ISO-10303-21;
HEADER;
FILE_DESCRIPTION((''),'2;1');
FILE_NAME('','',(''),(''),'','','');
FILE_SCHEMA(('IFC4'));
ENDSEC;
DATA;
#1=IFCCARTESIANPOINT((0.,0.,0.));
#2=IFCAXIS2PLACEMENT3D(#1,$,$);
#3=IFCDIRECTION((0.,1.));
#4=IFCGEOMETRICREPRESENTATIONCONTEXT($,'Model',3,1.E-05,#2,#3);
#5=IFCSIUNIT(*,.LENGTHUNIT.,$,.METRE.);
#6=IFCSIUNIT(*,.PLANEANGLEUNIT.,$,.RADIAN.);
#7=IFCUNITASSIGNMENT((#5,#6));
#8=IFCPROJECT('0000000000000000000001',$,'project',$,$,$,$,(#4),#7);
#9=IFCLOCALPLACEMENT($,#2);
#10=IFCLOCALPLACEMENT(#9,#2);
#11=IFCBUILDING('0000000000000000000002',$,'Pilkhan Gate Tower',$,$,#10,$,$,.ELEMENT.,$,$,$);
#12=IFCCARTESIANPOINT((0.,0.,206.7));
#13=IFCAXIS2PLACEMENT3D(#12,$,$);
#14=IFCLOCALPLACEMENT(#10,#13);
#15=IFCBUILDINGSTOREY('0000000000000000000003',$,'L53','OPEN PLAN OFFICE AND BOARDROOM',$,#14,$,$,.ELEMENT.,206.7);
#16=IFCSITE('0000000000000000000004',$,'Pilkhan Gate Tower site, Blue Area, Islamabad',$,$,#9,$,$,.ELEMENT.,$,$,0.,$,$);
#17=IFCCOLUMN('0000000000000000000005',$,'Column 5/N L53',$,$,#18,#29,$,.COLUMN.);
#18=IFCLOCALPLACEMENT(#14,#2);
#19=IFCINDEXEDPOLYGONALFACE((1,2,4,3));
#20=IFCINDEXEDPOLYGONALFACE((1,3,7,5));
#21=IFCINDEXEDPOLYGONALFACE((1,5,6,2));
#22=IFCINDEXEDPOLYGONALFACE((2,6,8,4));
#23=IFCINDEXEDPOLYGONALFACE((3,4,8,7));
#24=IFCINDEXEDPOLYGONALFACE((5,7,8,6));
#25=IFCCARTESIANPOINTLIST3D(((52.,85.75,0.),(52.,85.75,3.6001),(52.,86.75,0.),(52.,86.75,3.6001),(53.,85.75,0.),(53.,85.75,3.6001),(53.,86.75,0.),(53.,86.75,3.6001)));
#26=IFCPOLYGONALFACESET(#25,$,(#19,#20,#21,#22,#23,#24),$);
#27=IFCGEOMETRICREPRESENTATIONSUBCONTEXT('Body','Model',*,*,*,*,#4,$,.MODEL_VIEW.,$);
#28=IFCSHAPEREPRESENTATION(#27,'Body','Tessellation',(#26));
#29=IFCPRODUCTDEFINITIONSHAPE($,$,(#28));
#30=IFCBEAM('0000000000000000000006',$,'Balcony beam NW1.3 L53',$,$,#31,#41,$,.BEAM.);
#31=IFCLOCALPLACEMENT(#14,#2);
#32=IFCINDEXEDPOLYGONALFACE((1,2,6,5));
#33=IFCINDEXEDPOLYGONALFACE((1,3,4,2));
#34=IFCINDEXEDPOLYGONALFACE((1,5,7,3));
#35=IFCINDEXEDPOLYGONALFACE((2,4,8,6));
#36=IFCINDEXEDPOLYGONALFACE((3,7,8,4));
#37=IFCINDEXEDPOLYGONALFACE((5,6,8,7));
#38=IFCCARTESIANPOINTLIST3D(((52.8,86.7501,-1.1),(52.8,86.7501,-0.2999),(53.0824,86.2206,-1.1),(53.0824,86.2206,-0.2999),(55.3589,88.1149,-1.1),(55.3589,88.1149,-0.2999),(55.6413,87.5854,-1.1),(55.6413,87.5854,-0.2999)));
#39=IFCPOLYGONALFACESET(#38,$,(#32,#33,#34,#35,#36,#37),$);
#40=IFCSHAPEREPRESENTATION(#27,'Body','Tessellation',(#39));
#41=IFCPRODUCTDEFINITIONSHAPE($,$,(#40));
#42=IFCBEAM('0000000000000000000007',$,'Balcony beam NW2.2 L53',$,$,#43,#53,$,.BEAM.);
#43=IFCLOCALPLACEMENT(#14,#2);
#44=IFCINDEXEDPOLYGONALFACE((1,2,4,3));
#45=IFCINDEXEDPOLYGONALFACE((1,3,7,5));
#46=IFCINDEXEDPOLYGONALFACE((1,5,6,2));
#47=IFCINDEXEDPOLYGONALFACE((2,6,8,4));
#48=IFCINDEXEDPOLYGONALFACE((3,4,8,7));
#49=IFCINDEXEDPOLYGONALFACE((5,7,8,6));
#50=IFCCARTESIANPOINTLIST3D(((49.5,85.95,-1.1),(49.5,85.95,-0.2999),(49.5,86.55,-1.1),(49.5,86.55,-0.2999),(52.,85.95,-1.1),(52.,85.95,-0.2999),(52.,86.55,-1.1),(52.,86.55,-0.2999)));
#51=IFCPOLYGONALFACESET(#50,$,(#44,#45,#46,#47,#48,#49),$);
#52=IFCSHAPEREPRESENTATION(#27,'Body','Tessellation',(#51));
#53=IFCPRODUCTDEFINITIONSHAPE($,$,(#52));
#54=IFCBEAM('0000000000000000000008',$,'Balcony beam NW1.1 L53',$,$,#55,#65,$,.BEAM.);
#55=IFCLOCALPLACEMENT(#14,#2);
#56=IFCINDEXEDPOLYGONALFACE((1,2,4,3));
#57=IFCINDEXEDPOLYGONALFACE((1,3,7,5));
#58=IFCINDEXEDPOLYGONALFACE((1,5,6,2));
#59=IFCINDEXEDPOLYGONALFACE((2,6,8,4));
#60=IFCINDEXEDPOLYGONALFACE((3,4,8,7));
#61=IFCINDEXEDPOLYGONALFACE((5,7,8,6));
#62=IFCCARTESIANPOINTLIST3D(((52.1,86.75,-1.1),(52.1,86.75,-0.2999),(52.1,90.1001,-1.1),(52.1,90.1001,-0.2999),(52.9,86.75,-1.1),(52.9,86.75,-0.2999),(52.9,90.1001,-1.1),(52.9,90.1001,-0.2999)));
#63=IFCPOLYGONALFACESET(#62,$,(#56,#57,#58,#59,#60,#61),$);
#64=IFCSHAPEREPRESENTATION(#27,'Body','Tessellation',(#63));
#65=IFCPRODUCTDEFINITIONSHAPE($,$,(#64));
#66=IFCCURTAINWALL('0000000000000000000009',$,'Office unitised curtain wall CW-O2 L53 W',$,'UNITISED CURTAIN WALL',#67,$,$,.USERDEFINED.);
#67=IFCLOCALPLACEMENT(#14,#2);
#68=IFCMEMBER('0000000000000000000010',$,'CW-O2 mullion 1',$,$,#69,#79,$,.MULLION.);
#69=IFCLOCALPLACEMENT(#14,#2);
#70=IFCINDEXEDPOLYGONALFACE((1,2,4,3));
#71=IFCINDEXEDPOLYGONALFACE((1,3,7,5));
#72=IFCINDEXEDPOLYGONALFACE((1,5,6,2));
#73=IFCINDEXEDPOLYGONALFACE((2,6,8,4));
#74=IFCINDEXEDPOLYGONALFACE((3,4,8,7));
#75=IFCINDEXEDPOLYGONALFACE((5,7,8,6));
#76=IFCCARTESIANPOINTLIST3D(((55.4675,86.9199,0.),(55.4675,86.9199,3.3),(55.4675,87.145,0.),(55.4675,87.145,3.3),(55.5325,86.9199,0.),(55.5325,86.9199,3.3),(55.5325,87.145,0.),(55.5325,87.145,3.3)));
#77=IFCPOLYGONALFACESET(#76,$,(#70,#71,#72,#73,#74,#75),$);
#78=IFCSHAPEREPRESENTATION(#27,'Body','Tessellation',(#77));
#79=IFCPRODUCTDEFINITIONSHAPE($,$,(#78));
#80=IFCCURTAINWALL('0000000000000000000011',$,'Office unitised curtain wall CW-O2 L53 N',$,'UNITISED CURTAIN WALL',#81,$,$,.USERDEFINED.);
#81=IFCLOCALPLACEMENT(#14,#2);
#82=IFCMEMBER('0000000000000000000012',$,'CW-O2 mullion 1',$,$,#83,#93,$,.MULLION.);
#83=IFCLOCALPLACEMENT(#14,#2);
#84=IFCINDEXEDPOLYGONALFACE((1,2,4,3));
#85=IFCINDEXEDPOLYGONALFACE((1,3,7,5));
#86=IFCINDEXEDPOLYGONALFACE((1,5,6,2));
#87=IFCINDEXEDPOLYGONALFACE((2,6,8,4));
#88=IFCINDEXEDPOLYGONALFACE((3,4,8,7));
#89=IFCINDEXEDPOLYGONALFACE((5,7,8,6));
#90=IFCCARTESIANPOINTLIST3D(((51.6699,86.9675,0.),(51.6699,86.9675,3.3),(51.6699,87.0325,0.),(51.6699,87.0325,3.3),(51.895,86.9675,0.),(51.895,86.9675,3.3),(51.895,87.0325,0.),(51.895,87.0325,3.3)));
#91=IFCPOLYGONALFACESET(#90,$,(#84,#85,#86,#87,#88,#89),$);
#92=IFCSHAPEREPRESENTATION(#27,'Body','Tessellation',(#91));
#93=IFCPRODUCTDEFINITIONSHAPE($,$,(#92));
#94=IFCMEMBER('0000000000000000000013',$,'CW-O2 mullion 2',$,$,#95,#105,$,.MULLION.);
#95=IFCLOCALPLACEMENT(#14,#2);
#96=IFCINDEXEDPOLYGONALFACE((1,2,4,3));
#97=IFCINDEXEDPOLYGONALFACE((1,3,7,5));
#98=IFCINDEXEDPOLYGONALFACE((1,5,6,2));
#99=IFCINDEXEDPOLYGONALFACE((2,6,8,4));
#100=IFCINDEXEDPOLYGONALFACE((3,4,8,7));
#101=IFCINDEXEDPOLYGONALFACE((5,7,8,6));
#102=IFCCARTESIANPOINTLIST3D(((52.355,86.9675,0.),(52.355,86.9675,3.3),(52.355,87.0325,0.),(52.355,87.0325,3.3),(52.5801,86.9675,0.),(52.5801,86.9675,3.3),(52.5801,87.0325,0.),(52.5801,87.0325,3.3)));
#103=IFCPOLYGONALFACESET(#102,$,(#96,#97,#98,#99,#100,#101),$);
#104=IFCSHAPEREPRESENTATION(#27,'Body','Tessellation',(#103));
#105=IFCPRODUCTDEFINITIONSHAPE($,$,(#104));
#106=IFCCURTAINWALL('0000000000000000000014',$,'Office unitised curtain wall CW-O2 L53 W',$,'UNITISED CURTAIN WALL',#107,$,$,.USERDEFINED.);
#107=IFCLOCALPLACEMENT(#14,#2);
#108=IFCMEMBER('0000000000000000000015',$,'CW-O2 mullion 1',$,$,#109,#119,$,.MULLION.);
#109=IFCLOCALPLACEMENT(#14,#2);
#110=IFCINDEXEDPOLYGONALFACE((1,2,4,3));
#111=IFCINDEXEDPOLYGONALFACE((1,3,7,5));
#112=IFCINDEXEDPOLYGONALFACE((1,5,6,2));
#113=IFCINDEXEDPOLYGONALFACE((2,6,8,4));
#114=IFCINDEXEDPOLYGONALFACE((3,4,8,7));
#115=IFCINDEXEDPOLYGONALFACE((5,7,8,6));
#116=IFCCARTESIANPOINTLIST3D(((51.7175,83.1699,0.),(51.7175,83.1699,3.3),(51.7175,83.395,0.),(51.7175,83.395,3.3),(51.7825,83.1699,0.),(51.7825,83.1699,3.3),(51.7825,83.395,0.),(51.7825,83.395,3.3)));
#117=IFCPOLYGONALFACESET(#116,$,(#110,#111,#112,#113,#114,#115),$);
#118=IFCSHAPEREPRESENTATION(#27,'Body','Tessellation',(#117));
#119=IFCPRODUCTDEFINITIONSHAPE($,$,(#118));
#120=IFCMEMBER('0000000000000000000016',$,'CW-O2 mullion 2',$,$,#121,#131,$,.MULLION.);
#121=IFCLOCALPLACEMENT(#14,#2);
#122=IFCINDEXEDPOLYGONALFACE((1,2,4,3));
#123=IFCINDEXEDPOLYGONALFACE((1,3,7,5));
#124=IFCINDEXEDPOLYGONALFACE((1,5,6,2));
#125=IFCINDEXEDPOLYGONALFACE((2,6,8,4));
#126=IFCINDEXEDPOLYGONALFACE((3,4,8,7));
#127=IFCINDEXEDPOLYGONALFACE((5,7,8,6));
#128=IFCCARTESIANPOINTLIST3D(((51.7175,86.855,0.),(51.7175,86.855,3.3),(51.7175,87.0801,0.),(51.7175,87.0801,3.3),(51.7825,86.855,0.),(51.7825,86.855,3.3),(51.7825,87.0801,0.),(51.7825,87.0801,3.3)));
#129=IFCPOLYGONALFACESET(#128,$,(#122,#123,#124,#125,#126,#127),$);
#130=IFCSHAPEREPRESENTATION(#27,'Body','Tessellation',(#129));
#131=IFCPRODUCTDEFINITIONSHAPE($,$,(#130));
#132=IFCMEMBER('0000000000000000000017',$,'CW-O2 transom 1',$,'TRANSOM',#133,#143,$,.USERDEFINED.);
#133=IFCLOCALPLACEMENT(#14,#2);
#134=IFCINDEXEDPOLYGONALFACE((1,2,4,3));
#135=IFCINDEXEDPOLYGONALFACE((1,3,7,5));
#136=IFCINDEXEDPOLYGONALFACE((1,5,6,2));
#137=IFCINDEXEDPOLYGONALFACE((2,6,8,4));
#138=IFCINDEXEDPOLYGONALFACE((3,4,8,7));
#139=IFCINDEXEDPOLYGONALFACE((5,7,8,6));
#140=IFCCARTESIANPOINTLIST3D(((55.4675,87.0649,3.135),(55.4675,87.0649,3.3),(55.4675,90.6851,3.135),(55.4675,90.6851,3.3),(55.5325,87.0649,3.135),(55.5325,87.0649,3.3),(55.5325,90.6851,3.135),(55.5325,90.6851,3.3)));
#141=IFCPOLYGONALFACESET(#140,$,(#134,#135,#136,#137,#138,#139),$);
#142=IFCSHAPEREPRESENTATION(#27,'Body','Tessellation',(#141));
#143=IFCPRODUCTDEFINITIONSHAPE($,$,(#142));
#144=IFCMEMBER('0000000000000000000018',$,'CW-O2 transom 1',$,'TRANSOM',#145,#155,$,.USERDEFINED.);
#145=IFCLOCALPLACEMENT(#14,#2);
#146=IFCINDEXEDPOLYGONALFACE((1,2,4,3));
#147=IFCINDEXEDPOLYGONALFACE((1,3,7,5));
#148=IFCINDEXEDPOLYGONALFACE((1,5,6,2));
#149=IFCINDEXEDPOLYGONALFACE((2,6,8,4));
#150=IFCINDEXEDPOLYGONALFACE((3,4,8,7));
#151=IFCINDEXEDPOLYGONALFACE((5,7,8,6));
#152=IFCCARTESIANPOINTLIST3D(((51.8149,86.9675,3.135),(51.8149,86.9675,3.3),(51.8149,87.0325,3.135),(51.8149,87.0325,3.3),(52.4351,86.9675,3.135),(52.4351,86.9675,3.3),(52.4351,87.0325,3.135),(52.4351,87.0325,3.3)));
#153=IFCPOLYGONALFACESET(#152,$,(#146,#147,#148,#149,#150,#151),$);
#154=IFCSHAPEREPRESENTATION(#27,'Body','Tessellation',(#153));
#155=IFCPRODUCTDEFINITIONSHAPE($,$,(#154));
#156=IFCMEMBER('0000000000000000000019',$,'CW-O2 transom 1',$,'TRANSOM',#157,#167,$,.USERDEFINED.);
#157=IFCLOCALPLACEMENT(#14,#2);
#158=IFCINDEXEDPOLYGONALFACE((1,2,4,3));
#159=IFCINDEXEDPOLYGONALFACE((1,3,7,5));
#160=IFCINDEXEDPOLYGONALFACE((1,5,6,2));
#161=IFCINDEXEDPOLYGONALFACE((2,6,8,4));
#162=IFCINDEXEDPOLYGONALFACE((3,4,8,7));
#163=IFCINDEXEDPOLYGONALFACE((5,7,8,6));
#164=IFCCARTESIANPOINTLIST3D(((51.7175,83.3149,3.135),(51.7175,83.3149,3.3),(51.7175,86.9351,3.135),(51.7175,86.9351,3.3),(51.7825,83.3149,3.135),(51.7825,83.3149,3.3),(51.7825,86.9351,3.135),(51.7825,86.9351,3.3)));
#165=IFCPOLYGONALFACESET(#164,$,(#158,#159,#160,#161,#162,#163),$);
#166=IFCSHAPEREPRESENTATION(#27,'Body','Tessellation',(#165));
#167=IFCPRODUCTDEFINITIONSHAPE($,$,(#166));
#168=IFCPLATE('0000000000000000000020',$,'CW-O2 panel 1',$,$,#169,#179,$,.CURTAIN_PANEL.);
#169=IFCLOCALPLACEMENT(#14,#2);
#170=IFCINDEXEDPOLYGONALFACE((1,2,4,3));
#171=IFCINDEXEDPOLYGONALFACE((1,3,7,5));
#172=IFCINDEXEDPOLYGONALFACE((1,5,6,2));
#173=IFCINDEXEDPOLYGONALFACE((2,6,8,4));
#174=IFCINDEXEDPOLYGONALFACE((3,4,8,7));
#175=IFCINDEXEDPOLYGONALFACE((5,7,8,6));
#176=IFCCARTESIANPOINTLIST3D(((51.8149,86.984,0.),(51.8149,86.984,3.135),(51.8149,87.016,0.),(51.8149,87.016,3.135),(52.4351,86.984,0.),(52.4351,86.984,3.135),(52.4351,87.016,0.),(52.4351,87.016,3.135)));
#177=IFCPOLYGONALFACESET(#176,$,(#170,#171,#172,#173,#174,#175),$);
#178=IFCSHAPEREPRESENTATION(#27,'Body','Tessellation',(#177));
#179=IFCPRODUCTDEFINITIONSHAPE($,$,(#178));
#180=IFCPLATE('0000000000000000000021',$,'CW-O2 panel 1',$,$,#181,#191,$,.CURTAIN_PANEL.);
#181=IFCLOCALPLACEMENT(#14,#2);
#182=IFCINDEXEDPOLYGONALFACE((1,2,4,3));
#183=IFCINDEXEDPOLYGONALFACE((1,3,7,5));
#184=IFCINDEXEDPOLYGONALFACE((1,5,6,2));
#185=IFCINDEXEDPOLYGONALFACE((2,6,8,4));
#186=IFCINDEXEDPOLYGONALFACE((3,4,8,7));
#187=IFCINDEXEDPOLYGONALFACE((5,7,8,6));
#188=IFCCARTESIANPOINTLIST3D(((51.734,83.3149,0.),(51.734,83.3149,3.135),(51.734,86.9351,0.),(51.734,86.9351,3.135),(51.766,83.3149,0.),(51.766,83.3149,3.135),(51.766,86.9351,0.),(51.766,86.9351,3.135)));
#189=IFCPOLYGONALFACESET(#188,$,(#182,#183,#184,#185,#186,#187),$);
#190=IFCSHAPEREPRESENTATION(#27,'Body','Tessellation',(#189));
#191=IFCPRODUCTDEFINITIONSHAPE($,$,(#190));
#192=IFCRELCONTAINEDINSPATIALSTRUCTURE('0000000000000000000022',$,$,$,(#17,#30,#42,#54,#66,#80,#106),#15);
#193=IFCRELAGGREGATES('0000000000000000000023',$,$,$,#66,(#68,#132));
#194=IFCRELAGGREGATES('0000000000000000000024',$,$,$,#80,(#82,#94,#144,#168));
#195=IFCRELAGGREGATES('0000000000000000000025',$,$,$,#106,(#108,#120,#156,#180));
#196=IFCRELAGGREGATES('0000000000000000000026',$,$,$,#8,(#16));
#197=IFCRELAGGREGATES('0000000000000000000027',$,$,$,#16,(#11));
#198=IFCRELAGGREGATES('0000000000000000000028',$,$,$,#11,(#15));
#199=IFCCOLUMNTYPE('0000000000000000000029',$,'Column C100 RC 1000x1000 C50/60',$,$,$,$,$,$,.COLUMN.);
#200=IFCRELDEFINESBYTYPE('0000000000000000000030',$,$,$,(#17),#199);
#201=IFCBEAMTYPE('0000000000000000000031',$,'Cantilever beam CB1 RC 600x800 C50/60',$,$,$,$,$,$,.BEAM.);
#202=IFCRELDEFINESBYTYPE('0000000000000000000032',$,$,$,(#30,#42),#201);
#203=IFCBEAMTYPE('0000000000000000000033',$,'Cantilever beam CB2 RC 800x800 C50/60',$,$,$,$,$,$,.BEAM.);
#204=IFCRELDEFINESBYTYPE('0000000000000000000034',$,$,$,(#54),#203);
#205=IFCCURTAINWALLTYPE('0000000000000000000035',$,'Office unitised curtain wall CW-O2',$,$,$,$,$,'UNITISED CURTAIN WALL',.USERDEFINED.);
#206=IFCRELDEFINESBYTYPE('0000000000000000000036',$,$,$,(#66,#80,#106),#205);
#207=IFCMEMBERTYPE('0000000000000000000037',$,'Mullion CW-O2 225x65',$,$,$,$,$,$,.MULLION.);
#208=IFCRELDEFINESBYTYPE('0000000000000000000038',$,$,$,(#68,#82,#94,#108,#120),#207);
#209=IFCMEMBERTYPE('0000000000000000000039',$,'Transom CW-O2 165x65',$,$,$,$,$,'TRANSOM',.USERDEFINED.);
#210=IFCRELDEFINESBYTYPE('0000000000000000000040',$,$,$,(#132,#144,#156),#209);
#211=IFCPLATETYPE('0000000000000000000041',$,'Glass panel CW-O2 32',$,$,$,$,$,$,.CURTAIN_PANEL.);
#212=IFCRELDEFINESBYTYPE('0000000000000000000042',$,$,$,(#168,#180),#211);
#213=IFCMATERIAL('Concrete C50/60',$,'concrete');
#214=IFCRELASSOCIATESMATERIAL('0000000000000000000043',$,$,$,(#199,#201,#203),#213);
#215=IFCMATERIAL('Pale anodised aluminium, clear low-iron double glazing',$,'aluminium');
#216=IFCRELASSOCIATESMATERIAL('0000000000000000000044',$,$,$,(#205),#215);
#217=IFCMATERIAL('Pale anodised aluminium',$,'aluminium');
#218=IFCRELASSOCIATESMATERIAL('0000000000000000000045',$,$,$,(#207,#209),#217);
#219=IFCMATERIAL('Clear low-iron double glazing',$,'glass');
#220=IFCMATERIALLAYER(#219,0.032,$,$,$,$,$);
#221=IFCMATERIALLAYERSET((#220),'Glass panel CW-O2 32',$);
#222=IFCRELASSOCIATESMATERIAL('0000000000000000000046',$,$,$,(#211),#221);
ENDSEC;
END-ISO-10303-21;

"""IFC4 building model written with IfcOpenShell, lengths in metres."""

from ifc_helpers import new_model, si_unit, direction, frame, origin, origin_2d, place, context, subcontext, project, spatial, rectangle, extrude, material, layer, layer_set, material_profile, profile_set, type_object, element, aggregate, save


model = new_model("IFC4")

# Units and contexts
model_context = context("Model", 3, precision=1e-05, world=origin(), true_north=direction((0.0, 1.0)))
body_context = subcontext(model_context, "Body", "Model", "MODEL_VIEW")
ifc_project = project(units=[si_unit("LENGTHUNIT", "METRE"), si_unit("PLANEANGLEUNIT", "RADIAN")], contexts=[model_context])

# Site, building, storey
site_placement = place(None, origin())
site = spatial("IfcSite", under=ifc_project, at=site_placement, Name="Pilkhan Gate Tower site, Blue Area, Islamabad", CompositionType="ELEMENT", RefElevation=0.0)
building_placement = place(site_placement, origin())
building = spatial("IfcBuilding", under=site, at=building_placement, Name="Pilkhan Gate Tower", CompositionType="ELEMENT")
storey_placement = place(building_placement, frame((0.0, 0.0, 206.7)))
storey = spatial("IfcBuildingStorey", under=building, at=storey_placement, Name="L53", Description="OPEN PLAN OFFICE AND BOARDROOM", CompositionType="ELEMENT", Elevation=206.7)

# Column
ifc_material_1 = material(Name="Concrete C50/60", Category="concrete")
ifc_material_profile_1 = material_profile(ifc_material_1, rectangle(XDim=1.0, YDim=1.0, at=origin_2d()), Name="RC 1000x1000")
ifc_profile_set_1 = profile_set([ifc_material_profile_1], Name="Concrete C50/60")
column_type = type_object("IfcColumnType", Name="Column C100 RC 1000x1000 C50/60", PredefinedType="COLUMN", material=ifc_profile_set_1)
column_placement = place(storey_placement, frame((52.5, 86.25, 0.0), z_axis=(0.0, 0.0, 1.0), x_axis=(1.0, 0.0, 0.0)))
element("IfcColumn", 1, at=column_placement, inside=storey, type_object=column_type, Name="Column 5/N L53", PredefinedType="COLUMN", context=body_context, shape_type="SweptSolid", body=[
    extrude(rectangle(XDim=1.0, YDim=1.0, at=origin_2d()), origin(), (0.0, 0.0, 1.0), 3.6001),
])

# Beams
ifc_material_profile_2 = material_profile(ifc_material_1, rectangle(XDim=0.6001, YDim=0.8, at=origin_2d()), Name="RC 600x800")
ifc_profile_set_2 = profile_set([ifc_material_profile_2], Name="Concrete C50/60")
beam_type_1 = type_object("IfcBeamType", Name="Cantilever beam CB1 RC 600x800 C50/60", PredefinedType="BEAM", material=ifc_profile_set_2)
beam_1_placement = place(storey_placement, frame((52.9412, 86.4854, -0.7), z_axis=(0.882348, 0.470597, 0.0), x_axis=(-0.470597, 0.882348, 0.0)))
element("IfcBeam", 2, at=beam_1_placement, inside=storey, type_object=beam_type_1, Name="Balcony beam NW1.3 L53", PredefinedType="BEAM", context=body_context, shape_type="SweptSolid", body=[
    extrude(rectangle(XDim=0.6001, YDim=0.8, at=origin_2d()), origin(), (0.0, 0.0, 1.0), 2.9001),
])
beam_2_placement = place(storey_placement, frame((52.0, 86.25, -0.7), z_axis=(-1.0, 0.0, 0.0), x_axis=(0.0, -1.0, 0.0)))
element("IfcBeam", 3, at=beam_2_placement, inside=storey, type_object=beam_type_1, Name="Balcony beam NW2.2 L53", PredefinedType="BEAM", context=body_context, shape_type="SweptSolid", body=[
    extrude(rectangle(XDim=0.6001, YDim=0.8, at=origin_2d()), origin(), (0.0, 0.0, 1.0), 2.5),
])
ifc_material_profile_3 = material_profile(ifc_material_1, rectangle(XDim=0.8, YDim=0.8, at=origin_2d()), Name="RC 800x800")
ifc_profile_set_3 = profile_set([ifc_material_profile_3], Name="Concrete C50/60")
beam_type_2 = type_object("IfcBeamType", Name="Cantilever beam CB2 RC 800x800 C50/60", PredefinedType="BEAM", material=ifc_profile_set_3)
beam_3_placement = place(storey_placement, frame((52.5, 86.75, -0.7), z_axis=(0.0, 1.0, 0.0), x_axis=(-1.0, 0.0, 0.0)))
element("IfcBeam", 4, at=beam_3_placement, inside=storey, type_object=beam_type_2, Name="Balcony beam NW1.1 L53", PredefinedType="BEAM", context=body_context, shape_type="SweptSolid", body=[
    extrude(rectangle(XDim=0.8, YDim=0.8, at=origin_2d()), origin(), (0.0, 0.0, 1.0), 3.3501),
])

# Curtain wall, member
ifc_material_2 = material(Name="Pale anodised aluminium, clear low-iron double glazing", Category="aluminium")
curtain_wall_type = type_object("IfcCurtainWallType", Name="Office unitised curtain wall CW-O2", ElementType="UNITISED CURTAIN WALL", PredefinedType="USERDEFINED", material=ifc_material_2)
curtain_wall_1_placement = place(storey_placement, origin())
curtain_wall_1 = element("IfcCurtainWall", 5, at=curtain_wall_1_placement, inside=storey, type_object=curtain_wall_type, Name="Office unitised curtain wall CW-O2 L53 W", ObjectType="UNITISED CURTAIN WALL", PredefinedType="USERDEFINED")
ifc_material_3 = material(Name="Pale anodised aluminium", Category="aluminium")
ifc_material_profile_4 = material_profile(ifc_material_3, rectangle(XDim=0.0649, YDim=0.2251, at=origin_2d()), Name="Mullion 225x65")
ifc_profile_set_4 = profile_set([ifc_material_profile_4], Name="Pale anodised aluminium")
member_type_1 = type_object("IfcMemberType", Name="Mullion CW-O2 225x65", PredefinedType="MULLION", material=ifc_profile_set_4)
member_1_placement = place(storey_placement, frame((55.5, 87.0325, 0.0), z_axis=(0.0, 0.0, 1.0), x_axis=(-1.0, 0.0, 0.0)))
member_1 = element("IfcMember", 6, at=member_1_placement, type_object=member_type_1, Name="CW-O2 mullion 1", PredefinedType="MULLION", context=body_context, shape_type="SweptSolid", body=[
    extrude(rectangle(XDim=0.0649, YDim=0.2251, at=origin_2d()), origin(), (0.0, 0.0, 1.0), 3.3),
])

# Curtain walls, members
curtain_wall_2_placement = place(storey_placement, origin())
curtain_wall_2 = element("IfcCurtainWall", 7, at=curtain_wall_2_placement, inside=storey, type_object=curtain_wall_type, Name="Office unitised curtain wall CW-O2 L53 N", ObjectType="UNITISED CURTAIN WALL", PredefinedType="USERDEFINED")
member_2_placement = place(storey_placement, frame((51.7825, 87.0, 0.0), z_axis=(0.0, 0.0, 1.0), x_axis=(0.0, 1.0, 0.0)))
member_2 = element("IfcMember", 8, at=member_2_placement, type_object=member_type_1, Name="CW-O2 mullion 1", PredefinedType="MULLION", context=body_context, shape_type="SweptSolid", body=[
    extrude(rectangle(XDim=0.0649, YDim=0.2251, at=origin_2d()), origin(), (0.0, 0.0, 1.0), 3.3),
])
member_3_placement = place(storey_placement, frame((52.4675, 87.0, 0.0), z_axis=(0.0, 0.0, 1.0), x_axis=(0.0, 1.0, 0.0)))
member_3 = element("IfcMember", 9, at=member_3_placement, type_object=member_type_1, Name="CW-O2 mullion 2", PredefinedType="MULLION", context=body_context, shape_type="SweptSolid", body=[
    extrude(rectangle(XDim=0.0649, YDim=0.2251, at=origin_2d()), origin(), (0.0, 0.0, 1.0), 3.3),
])
curtain_wall_3_placement = place(storey_placement, origin())
curtain_wall_3 = element("IfcCurtainWall", 10, at=curtain_wall_3_placement, inside=storey, type_object=curtain_wall_type, Name="Office unitised curtain wall CW-O2 L53 W", ObjectType="UNITISED CURTAIN WALL", PredefinedType="USERDEFINED")
member_4_placement = place(storey_placement, frame((51.75, 83.2825, 0.0), z_axis=(0.0, 0.0, 1.0), x_axis=(-1.0, 0.0, 0.0)))
member_4 = element("IfcMember", 11, at=member_4_placement, type_object=member_type_1, Name="CW-O2 mullion 1", PredefinedType="MULLION", context=body_context, shape_type="SweptSolid", body=[
    extrude(rectangle(XDim=0.0649, YDim=0.2251, at=origin_2d()), origin(), (0.0, 0.0, 1.0), 3.3),
])
member_5_placement = place(storey_placement, frame((51.75, 86.9675, 0.0), z_axis=(0.0, 0.0, 1.0), x_axis=(-1.0, 0.0, 0.0)))
member_5 = element("IfcMember", 12, at=member_5_placement, type_object=member_type_1, Name="CW-O2 mullion 2", PredefinedType="MULLION", context=body_context, shape_type="SweptSolid", body=[
    extrude(rectangle(XDim=0.0649, YDim=0.2251, at=origin_2d()), origin(), (0.0, 0.0, 1.0), 3.3),
])

# Members
ifc_material_profile_5 = material_profile(ifc_material_3, rectangle(XDim=0.0649, YDim=0.165, at=origin_2d()), Name="Transom 165x65")
ifc_profile_set_5 = profile_set([ifc_material_profile_5], Name="Pale anodised aluminium")
member_type_2 = type_object("IfcMemberType", Name="Transom CW-O2 165x65", ElementType="TRANSOM", PredefinedType="USERDEFINED", material=ifc_profile_set_5)
member_6_placement = place(storey_placement, frame((55.5, 87.0649, 3.2175), z_axis=(0.0, 1.0, 0.0), x_axis=(-1.0, 0.0, 0.0)))
member_6 = element("IfcMember", 13, at=member_6_placement, type_object=member_type_2, Name="CW-O2 transom 1", ObjectType="TRANSOM", PredefinedType="USERDEFINED", context=body_context, shape_type="SweptSolid", body=[
    extrude(rectangle(XDim=0.0649, YDim=0.165, at=origin_2d()), origin(), (0.0, 0.0, 1.0), 3.6201),
])
aggregate(curtain_wall_1, [member_1, member_6])
member_7_placement = place(storey_placement, frame((51.8149, 87.0, 3.2175), z_axis=(1.0, 0.0, 0.0), x_axis=(0.0, 1.0, 0.0)))
member_7 = element("IfcMember", 14, at=member_7_placement, type_object=member_type_2, Name="CW-O2 transom 1", ObjectType="TRANSOM", PredefinedType="USERDEFINED", context=body_context, shape_type="SweptSolid", body=[
    extrude(rectangle(XDim=0.0649, YDim=0.165, at=origin_2d()), origin(), (0.0, 0.0, 1.0), 0.6201),
])
member_8_placement = place(storey_placement, frame((51.75, 83.3149, 3.2175), z_axis=(0.0, 1.0, 0.0), x_axis=(-1.0, 0.0, 0.0)))
member_8 = element("IfcMember", 15, at=member_8_placement, type_object=member_type_2, Name="CW-O2 transom 1", ObjectType="TRANSOM", PredefinedType="USERDEFINED", context=body_context, shape_type="SweptSolid", body=[
    extrude(rectangle(XDim=0.0649, YDim=0.165, at=origin_2d()), origin(), (0.0, 0.0, 1.0), 3.6201),
])

# Plates
ifc_material_4 = material(Name="Clear low-iron double glazing", Category="glass")
ifc_layer_1 = layer(ifc_material_4, 0.032)
ifc_layer_set_1 = layer_set([ifc_layer_1], Name="Glass panel CW-O2 32")
plate_type = type_object("IfcPlateType", Name="Glass panel CW-O2 32", PredefinedType="CURTAIN_PANEL", material=ifc_layer_set_1)
plate_1_placement = place(storey_placement, frame((52.125, 87.0, 0.0), z_axis=(0.0, 0.0, 1.0), x_axis=(1.0, 0.0, 0.0)))
plate_1 = element("IfcPlate", 16, at=plate_1_placement, type_object=plate_type, Name="CW-O2 panel 1", PredefinedType="CURTAIN_PANEL", context=body_context, shape_type="SweptSolid", body=[
    extrude(rectangle(XDim=0.6201, YDim=0.032, at=origin_2d()), origin(), (0.0, 0.0, 1.0), 3.135),
])
aggregate(curtain_wall_2, [member_2, member_3, member_7, plate_1])
plate_2_placement = place(storey_placement, frame((51.75, 85.125, 0.0), z_axis=(0.0, 0.0, 1.0), x_axis=(0.0, 1.0, 0.0)))
plate_2 = element("IfcPlate", 17, at=plate_2_placement, type_object=plate_type, Name="CW-O2 panel 1", PredefinedType="CURTAIN_PANEL", context=body_context, shape_type="SweptSolid", body=[
    extrude(rectangle(XDim=3.6201, YDim=0.032, at=origin_2d()), origin(), (0.0, 0.0, 1.0), 3.135),
])
aggregate(curtain_wall_3, [member_4, member_5, member_8, plate_2])

save(model, "model.ifc")
